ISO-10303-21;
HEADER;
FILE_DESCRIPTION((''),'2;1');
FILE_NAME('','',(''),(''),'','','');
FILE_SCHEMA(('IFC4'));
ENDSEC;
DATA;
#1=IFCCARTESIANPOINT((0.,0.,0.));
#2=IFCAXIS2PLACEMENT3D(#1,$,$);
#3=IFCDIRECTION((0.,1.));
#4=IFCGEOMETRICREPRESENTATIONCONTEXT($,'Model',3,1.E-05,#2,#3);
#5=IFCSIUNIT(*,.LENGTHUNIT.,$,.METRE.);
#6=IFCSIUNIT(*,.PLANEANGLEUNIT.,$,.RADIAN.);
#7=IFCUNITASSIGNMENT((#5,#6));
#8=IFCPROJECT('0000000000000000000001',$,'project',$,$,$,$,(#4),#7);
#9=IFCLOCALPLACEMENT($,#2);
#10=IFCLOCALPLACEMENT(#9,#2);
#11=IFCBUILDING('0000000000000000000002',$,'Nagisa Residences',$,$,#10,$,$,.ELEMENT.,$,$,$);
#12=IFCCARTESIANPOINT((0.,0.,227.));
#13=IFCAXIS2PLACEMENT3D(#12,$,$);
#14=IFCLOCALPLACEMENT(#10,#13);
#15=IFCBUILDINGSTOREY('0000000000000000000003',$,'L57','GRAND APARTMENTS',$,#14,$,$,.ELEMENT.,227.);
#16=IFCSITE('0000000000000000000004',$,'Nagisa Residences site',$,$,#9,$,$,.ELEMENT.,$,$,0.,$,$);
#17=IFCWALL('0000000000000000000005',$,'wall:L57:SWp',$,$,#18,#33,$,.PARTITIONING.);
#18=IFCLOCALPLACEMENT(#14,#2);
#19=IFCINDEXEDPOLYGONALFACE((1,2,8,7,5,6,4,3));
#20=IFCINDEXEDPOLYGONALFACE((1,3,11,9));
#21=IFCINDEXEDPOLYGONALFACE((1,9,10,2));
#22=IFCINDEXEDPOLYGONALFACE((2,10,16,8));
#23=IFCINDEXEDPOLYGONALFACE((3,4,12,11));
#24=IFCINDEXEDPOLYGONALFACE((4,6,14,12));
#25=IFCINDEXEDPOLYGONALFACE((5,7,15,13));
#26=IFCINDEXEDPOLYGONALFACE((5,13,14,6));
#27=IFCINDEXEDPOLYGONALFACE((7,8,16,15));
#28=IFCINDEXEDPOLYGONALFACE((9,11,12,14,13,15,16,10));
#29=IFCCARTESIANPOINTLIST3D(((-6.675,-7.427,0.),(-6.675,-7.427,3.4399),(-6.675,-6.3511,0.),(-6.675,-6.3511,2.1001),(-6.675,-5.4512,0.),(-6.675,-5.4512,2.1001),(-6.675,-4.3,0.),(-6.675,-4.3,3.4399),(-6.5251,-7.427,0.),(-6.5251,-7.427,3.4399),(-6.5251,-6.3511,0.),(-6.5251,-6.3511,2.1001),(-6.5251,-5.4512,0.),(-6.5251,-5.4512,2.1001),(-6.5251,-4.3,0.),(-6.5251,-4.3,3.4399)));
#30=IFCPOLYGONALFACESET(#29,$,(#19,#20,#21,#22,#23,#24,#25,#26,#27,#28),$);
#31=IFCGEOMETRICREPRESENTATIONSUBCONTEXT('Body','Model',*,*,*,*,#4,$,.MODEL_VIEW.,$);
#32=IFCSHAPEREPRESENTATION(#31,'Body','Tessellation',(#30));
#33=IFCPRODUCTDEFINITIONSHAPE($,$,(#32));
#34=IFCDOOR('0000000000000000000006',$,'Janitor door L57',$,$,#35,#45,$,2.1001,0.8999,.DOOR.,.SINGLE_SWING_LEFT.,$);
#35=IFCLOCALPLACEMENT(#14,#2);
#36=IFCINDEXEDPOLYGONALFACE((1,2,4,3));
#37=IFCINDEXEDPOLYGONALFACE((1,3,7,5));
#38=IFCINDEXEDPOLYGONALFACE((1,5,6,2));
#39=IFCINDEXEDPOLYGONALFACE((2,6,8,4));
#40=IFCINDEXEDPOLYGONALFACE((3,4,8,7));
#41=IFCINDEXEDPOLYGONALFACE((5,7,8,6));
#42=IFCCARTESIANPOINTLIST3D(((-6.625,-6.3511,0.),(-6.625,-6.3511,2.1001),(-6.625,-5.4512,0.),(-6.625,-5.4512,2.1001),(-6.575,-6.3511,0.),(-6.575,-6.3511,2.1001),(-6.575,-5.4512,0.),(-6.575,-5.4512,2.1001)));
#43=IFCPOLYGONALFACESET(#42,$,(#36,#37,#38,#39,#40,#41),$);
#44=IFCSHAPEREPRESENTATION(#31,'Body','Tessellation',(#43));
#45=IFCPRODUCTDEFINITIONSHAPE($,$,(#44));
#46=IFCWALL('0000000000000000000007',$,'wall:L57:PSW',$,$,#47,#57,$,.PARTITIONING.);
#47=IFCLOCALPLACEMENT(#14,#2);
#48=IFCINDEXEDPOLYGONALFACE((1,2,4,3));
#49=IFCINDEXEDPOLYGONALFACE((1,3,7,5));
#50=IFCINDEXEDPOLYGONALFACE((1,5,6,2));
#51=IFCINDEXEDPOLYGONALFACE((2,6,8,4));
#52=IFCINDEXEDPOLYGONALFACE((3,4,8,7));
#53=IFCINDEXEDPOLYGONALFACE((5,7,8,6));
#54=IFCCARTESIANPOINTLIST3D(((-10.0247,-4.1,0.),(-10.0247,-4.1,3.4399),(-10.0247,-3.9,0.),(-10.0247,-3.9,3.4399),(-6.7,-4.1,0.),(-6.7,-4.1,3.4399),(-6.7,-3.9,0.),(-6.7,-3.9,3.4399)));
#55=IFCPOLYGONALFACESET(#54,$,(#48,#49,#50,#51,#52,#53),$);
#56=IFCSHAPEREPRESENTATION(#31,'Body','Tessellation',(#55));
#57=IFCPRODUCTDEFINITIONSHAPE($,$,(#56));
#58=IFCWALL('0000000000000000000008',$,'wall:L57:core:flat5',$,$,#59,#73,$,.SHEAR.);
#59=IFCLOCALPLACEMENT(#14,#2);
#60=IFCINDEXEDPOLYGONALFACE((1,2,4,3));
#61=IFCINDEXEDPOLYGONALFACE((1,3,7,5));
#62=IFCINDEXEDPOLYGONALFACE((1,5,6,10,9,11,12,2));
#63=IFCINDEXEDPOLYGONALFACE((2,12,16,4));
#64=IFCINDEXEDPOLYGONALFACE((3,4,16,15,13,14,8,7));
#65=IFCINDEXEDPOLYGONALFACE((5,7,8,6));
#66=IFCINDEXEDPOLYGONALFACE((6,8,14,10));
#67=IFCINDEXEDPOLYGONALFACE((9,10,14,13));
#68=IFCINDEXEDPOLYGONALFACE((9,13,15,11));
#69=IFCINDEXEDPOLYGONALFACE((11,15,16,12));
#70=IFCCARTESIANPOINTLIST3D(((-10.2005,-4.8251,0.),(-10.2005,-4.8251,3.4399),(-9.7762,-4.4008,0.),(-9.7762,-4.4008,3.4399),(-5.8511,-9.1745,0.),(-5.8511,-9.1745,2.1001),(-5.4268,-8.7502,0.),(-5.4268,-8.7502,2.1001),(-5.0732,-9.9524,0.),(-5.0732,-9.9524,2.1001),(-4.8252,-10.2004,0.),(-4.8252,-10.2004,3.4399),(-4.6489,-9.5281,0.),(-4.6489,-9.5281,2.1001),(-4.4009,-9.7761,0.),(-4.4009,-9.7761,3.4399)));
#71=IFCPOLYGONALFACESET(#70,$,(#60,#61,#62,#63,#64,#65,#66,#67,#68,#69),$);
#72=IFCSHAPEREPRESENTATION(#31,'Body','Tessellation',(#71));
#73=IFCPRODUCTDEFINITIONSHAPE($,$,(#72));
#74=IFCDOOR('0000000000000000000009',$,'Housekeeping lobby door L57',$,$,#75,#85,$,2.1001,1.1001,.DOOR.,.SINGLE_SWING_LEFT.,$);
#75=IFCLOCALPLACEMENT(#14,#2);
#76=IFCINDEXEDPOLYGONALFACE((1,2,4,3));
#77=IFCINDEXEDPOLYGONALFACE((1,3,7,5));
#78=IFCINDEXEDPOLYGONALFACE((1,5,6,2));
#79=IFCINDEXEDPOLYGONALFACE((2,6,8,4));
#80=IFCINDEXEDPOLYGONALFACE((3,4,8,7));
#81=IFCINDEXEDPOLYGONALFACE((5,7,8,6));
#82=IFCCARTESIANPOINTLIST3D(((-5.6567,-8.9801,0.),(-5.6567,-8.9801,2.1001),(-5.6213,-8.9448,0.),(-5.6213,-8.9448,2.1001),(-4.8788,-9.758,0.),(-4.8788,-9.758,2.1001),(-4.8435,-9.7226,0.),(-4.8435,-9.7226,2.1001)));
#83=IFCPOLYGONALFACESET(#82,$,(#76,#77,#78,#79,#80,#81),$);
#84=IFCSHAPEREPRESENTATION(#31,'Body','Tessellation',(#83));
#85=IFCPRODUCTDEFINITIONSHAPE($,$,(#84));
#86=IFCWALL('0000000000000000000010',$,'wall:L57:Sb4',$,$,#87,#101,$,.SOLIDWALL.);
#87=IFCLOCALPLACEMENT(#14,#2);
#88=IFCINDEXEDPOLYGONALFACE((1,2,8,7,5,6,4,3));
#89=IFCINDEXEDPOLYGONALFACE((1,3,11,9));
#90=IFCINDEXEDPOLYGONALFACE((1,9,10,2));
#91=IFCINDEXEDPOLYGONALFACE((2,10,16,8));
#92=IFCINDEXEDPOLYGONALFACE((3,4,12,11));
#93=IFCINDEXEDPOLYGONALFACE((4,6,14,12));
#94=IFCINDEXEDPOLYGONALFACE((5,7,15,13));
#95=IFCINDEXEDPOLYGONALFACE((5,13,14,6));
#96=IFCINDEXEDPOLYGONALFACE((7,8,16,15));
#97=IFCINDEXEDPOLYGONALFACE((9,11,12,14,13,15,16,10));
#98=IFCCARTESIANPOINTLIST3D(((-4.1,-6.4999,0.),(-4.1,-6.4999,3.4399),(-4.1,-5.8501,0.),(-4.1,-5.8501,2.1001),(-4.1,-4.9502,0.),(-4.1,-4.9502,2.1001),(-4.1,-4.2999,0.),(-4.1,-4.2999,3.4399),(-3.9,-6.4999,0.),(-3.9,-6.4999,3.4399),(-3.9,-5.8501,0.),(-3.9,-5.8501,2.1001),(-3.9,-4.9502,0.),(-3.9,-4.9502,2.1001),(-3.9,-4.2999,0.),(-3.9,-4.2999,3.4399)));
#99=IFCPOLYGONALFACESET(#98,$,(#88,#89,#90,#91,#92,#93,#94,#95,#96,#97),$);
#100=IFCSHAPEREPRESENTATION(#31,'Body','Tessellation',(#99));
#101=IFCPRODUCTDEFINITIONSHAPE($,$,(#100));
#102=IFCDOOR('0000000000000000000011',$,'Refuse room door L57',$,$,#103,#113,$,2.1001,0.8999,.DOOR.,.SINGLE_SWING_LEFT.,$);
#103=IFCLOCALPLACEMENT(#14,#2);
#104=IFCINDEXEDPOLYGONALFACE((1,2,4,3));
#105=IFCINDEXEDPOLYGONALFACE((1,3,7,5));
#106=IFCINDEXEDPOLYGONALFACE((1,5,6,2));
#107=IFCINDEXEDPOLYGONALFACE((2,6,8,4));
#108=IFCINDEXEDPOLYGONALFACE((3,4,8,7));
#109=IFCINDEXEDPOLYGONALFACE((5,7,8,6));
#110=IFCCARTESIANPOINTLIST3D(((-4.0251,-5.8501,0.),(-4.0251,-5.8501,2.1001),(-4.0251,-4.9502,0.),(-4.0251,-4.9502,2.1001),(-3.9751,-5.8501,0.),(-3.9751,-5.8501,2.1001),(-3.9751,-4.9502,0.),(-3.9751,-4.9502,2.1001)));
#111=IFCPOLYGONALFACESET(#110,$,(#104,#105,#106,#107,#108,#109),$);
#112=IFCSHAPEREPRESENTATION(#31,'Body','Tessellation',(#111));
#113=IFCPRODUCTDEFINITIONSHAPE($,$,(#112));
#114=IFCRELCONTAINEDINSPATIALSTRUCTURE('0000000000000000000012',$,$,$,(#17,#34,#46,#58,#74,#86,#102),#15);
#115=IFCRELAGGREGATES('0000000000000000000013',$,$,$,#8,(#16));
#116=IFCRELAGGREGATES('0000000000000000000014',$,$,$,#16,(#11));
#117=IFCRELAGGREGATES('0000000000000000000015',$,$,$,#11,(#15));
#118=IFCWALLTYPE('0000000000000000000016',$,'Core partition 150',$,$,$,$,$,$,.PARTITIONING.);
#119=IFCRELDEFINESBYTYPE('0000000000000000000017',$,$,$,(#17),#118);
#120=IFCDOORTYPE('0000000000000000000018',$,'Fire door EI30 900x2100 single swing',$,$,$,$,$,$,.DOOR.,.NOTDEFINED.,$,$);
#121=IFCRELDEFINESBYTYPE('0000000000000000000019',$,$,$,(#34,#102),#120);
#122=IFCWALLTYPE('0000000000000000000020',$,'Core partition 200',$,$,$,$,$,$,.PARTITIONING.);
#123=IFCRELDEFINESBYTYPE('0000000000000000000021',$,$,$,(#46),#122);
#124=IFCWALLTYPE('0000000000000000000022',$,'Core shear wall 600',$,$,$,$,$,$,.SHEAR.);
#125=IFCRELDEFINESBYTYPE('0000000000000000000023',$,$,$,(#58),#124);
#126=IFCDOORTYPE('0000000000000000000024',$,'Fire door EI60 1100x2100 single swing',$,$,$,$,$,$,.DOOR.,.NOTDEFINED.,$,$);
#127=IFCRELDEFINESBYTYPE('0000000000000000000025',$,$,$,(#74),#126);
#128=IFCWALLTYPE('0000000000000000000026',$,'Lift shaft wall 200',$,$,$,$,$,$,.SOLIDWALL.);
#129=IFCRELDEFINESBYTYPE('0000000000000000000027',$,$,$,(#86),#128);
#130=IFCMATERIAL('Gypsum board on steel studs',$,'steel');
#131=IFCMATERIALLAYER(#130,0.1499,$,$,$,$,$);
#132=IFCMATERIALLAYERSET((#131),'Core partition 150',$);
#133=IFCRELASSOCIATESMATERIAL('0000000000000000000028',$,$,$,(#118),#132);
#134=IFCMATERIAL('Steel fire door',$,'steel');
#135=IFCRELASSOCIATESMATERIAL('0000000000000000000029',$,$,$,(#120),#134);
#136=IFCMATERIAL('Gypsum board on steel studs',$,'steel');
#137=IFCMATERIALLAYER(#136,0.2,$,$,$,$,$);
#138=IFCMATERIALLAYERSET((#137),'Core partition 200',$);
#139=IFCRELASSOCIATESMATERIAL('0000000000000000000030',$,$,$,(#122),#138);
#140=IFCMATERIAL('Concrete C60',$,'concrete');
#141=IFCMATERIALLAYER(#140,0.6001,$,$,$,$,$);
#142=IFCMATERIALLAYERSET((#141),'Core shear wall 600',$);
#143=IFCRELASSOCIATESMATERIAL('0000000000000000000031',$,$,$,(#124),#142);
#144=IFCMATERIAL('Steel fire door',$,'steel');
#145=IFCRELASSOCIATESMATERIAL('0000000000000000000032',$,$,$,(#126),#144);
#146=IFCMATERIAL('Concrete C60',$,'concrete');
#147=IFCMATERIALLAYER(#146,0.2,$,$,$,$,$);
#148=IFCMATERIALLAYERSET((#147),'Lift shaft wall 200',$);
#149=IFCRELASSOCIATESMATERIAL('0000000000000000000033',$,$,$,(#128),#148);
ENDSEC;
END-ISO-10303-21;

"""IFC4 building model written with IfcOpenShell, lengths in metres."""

from ifc_helpers import new_model, si_unit, direction, frame, frame_2d, origin, place, context, subcontext, project, spatial, rectangle, extrude, material, layer, layer_set, type_object, element, fill, save


model = new_model("IFC4")

# Units and contexts
model_context = context("Model", 3, precision=1e-05, world=origin(), true_north=direction((0.0, 1.0)))
body_context = subcontext(model_context, "Body", "Model", "MODEL_VIEW")
ifc_project = project(units=[si_unit("LENGTHUNIT", "METRE"), si_unit("PLANEANGLEUNIT", "RADIAN")], contexts=[model_context])

# Site, building, storey
site_placement = place(None, origin())
site = spatial("IfcSite", under=ifc_project, at=site_placement, Name="Nagisa Residences site", CompositionType="ELEMENT", RefElevation=0.0)
building_placement = place(site_placement, origin())
building = spatial("IfcBuilding", under=site, at=building_placement, Name="Nagisa Residences", CompositionType="ELEMENT")
storey_placement = place(building_placement, frame((0.0, 0.0, 227.0)))
storey = spatial("IfcBuildingStorey", under=building, at=storey_placement, Name="L57", Description="GRAND APARTMENTS", CompositionType="ELEMENT", Elevation=227.0)

# Wall, opening, door
ifc_material_1 = material(Name="Gypsum board on steel studs", Category="steel")
ifc_layer_1 = layer(ifc_material_1, 0.1499)
ifc_layer_set_1 = layer_set([ifc_layer_1], Name="Core partition 150")
wall_type_1 = type_object("IfcWallType", Name="Core partition 150", PredefinedType="PARTITIONING", material=ifc_layer_set_1)
wall_1_placement = place(storey_placement, frame((-6.6001, -7.427, 0.0), z_axis=(0.0, 0.0, 1.0), x_axis=(0.0, 1.0, 0.0)))
wall_1 = element("IfcWall", 1, at=wall_1_placement, inside=storey, type_object=wall_type_1, Name="wall:L57:SWp", PredefinedType="PARTITIONING", context=body_context, shape_type="SweptSolid", body=[
    extrude(rectangle(XDim=3.127, YDim=0.1499, at=frame_2d((1.5635, 0.0))), origin(), (0.0, 0.0, 1.0), 3.4399),
])
opening_1_placement = place(wall_1_placement, frame((1.0759, 0.0, 0.0)))
opening_1 = element("IfcOpeningElement", 2, at=opening_1_placement, cuts=wall_1, PredefinedType="OPENING", context=body_context, shape_type="SweptSolid", body=[
    extrude(rectangle(XDim=0.8999, YDim=2.1001, at=frame_2d((0.45, 1.05))), frame((0.0, 0.085, 0.0), z_axis=(0.0, -1.0, 0.0), x_axis=(1.0, 0.0, 0.0)), (0.0, 0.0, 1.0), 0.1699),
])
ifc_material_2 = material(Name="Steel fire door", Category="steel")
door_type_1 = type_object("IfcDoorType", Name="Fire door EI30 900x2100 single swing", OperationType="NOTDEFINED", PredefinedType="DOOR", material=ifc_material_2)
door_1_placement = place(opening_1_placement, origin())
door_1 = element("IfcDoor", 3, at=door_1_placement, inside=storey, type_object=door_type_1, Name="Janitor door L57", OperationType="SINGLE_SWING_LEFT", OverallHeight=2.1001, OverallWidth=0.8999, PredefinedType="DOOR", context=body_context, shape_type="SweptSolid", body=[
    extrude(rectangle(XDim=0.8999, YDim=2.1001, at=frame_2d((0.45, 1.05))), frame((0.0, 0.0249, 0.0), z_axis=(0.0, -1.0, 0.0), x_axis=(1.0, 0.0, 0.0)), (0.0, 0.0, 1.0), 0.05),
])
fill(opening_1, door_1)

# Wall
ifc_material_3 = material(Name="Gypsum board on steel studs", Category="steel")
ifc_layer_2 = layer(ifc_material_3, 0.2)
ifc_layer_set_2 = layer_set([ifc_layer_2], Name="Core partition 200")
wall_type_2 = type_object("IfcWallType", Name="Core partition 200", PredefinedType="PARTITIONING", material=ifc_layer_set_2)
wall_2_placement = place(storey_placement, frame((-10.0247, -4.0, 0.0), z_axis=(0.0, 0.0, 1.0), x_axis=(1.0, 0.0, 0.0)))
element("IfcWall", 4, at=wall_2_placement, inside=storey, type_object=wall_type_2, Name="wall:L57:PSW", PredefinedType="PARTITIONING", context=body_context, shape_type="SweptSolid", body=[
    extrude(rectangle(XDim=3.3247, YDim=0.2, at=frame_2d((1.6624, 0.0))), origin(), (0.0, 0.0, 1.0), 3.4399),
])

# Walls, openings, doors
ifc_material_4 = material(Name="Concrete C60", Category="concrete")
ifc_layer_3 = layer(ifc_material_4, 0.6001)
ifc_layer_set_3 = layer_set([ifc_layer_3], Name="Core shear wall 600")
wall_type_3 = type_object("IfcWallType", Name="Core shear wall 600", PredefinedType="SHEAR", material=ifc_layer_set_3)
wall_3_placement = place(storey_placement, frame((-9.9883, -4.613, 0.0), z_axis=(0.0, 0.0, 1.0), x_axis=(0.707107, -0.707107, 0.0)))
wall_3 = element("IfcWall", 5, at=wall_3_placement, inside=storey, type_object=wall_type_3, Name="wall:L57:core:flat5", PredefinedType="SHEAR", context=body_context, shape_type="SweptSolid", body=[
    extrude(rectangle(XDim=7.6018, YDim=0.6001, at=frame_2d((3.8008, 0.0))), origin(), (0.0, 0.0, 1.0), 3.4399),
])
opening_2_placement = place(wall_3_placement, frame((6.1509, 0.0, 0.0)))
opening_2 = element("IfcOpeningElement", 6, at=opening_2_placement, cuts=wall_3, PredefinedType="OPENING", context=body_context, shape_type="SweptSolid", body=[
    extrude(rectangle(XDim=1.1001, YDim=2.1001, at=frame_2d((0.55, 1.05))), frame((0.0, 0.3101, 0.0), z_axis=(0.0, -1.0, 0.0), x_axis=(1.0, 0.0, 0.0)), (0.0, 0.0, 1.0), 0.6201),
])
ifc_material_5 = material(Name="Steel fire door", Category="steel")
door_type_2 = type_object("IfcDoorType", Name="Fire door EI60 1100x2100 single swing", OperationType="NOTDEFINED", PredefinedType="DOOR", material=ifc_material_5)
door_2_placement = place(opening_2_placement, origin())
door_2 = element("IfcDoor", 7, at=door_2_placement, inside=storey, type_object=door_type_2, Name="Housekeeping lobby door L57", OperationType="SINGLE_SWING_LEFT", OverallHeight=2.1001, OverallWidth=1.1001, PredefinedType="DOOR", context=body_context, shape_type="SweptSolid", body=[
    extrude(rectangle(XDim=1.1001, YDim=2.1001, at=frame_2d((0.55, 1.05))), frame((0.0, 0.0249, 0.0), z_axis=(0.0, -1.0, 0.0), x_axis=(1.0, 0.0, 0.0)), (0.0, 0.0, 1.0), 0.05),
])
fill(opening_2, door_2)
ifc_material_6 = material(Name="Concrete C60", Category="concrete")
ifc_layer_4 = layer(ifc_material_6, 0.2)
ifc_layer_set_4 = layer_set([ifc_layer_4], Name="Lift shaft wall 200")
wall_type_4 = type_object("IfcWallType", Name="Lift shaft wall 200", PredefinedType="SOLIDWALL", material=ifc_layer_set_4)
wall_4_placement = place(storey_placement, frame((-4.0, -6.5, 0.0), z_axis=(0.0, 0.0, 1.0), x_axis=(0.0, 1.0, 0.0)))
wall_4 = element("IfcWall", 8, at=wall_4_placement, inside=storey, type_object=wall_type_4, Name="wall:L57:Sb4", PredefinedType="SOLIDWALL", context=body_context, shape_type="SweptSolid", body=[
    extrude(rectangle(XDim=2.2, YDim=0.2, at=frame_2d((1.1001, 0.0))), origin(), (0.0, 0.0, 1.0), 3.4399),
])
opening_3_placement = place(wall_4_placement, frame((0.6499, 0.0, 0.0)))
opening_3 = element("IfcOpeningElement", 9, at=opening_3_placement, cuts=wall_4, PredefinedType="OPENING", context=body_context, shape_type="SweptSolid", body=[
    extrude(rectangle(XDim=0.8999, YDim=2.1001, at=frame_2d((0.45, 1.05))), frame((0.0, 0.1099, 0.0), z_axis=(0.0, -1.0, 0.0), x_axis=(1.0, 0.0, 0.0)), (0.0, 0.0, 1.0), 0.22),
])
door_3_placement = place(opening_3_placement, frame((0.8999, 0.0, 0.0), x_axis=(-1.0, 0.0, 0.0)))
door_3 = element("IfcDoor", 10, at=door_3_placement, inside=storey, type_object=door_type_1, Name="Refuse room door L57", OperationType="SINGLE_SWING_LEFT", OverallHeight=2.1001, OverallWidth=0.8999, PredefinedType="DOOR", context=body_context, shape_type="SweptSolid", body=[
    extrude(rectangle(XDim=0.8999, YDim=2.1001, at=frame_2d((0.45, 1.05))), frame((0.0, 0.0249, 0.0), z_axis=(0.0, -1.0, 0.0), x_axis=(1.0, 0.0, 0.0)), (0.0, 0.0, 1.0), 0.05),
])
fill(opening_3, door_3)

save(model, "model.ifc")
